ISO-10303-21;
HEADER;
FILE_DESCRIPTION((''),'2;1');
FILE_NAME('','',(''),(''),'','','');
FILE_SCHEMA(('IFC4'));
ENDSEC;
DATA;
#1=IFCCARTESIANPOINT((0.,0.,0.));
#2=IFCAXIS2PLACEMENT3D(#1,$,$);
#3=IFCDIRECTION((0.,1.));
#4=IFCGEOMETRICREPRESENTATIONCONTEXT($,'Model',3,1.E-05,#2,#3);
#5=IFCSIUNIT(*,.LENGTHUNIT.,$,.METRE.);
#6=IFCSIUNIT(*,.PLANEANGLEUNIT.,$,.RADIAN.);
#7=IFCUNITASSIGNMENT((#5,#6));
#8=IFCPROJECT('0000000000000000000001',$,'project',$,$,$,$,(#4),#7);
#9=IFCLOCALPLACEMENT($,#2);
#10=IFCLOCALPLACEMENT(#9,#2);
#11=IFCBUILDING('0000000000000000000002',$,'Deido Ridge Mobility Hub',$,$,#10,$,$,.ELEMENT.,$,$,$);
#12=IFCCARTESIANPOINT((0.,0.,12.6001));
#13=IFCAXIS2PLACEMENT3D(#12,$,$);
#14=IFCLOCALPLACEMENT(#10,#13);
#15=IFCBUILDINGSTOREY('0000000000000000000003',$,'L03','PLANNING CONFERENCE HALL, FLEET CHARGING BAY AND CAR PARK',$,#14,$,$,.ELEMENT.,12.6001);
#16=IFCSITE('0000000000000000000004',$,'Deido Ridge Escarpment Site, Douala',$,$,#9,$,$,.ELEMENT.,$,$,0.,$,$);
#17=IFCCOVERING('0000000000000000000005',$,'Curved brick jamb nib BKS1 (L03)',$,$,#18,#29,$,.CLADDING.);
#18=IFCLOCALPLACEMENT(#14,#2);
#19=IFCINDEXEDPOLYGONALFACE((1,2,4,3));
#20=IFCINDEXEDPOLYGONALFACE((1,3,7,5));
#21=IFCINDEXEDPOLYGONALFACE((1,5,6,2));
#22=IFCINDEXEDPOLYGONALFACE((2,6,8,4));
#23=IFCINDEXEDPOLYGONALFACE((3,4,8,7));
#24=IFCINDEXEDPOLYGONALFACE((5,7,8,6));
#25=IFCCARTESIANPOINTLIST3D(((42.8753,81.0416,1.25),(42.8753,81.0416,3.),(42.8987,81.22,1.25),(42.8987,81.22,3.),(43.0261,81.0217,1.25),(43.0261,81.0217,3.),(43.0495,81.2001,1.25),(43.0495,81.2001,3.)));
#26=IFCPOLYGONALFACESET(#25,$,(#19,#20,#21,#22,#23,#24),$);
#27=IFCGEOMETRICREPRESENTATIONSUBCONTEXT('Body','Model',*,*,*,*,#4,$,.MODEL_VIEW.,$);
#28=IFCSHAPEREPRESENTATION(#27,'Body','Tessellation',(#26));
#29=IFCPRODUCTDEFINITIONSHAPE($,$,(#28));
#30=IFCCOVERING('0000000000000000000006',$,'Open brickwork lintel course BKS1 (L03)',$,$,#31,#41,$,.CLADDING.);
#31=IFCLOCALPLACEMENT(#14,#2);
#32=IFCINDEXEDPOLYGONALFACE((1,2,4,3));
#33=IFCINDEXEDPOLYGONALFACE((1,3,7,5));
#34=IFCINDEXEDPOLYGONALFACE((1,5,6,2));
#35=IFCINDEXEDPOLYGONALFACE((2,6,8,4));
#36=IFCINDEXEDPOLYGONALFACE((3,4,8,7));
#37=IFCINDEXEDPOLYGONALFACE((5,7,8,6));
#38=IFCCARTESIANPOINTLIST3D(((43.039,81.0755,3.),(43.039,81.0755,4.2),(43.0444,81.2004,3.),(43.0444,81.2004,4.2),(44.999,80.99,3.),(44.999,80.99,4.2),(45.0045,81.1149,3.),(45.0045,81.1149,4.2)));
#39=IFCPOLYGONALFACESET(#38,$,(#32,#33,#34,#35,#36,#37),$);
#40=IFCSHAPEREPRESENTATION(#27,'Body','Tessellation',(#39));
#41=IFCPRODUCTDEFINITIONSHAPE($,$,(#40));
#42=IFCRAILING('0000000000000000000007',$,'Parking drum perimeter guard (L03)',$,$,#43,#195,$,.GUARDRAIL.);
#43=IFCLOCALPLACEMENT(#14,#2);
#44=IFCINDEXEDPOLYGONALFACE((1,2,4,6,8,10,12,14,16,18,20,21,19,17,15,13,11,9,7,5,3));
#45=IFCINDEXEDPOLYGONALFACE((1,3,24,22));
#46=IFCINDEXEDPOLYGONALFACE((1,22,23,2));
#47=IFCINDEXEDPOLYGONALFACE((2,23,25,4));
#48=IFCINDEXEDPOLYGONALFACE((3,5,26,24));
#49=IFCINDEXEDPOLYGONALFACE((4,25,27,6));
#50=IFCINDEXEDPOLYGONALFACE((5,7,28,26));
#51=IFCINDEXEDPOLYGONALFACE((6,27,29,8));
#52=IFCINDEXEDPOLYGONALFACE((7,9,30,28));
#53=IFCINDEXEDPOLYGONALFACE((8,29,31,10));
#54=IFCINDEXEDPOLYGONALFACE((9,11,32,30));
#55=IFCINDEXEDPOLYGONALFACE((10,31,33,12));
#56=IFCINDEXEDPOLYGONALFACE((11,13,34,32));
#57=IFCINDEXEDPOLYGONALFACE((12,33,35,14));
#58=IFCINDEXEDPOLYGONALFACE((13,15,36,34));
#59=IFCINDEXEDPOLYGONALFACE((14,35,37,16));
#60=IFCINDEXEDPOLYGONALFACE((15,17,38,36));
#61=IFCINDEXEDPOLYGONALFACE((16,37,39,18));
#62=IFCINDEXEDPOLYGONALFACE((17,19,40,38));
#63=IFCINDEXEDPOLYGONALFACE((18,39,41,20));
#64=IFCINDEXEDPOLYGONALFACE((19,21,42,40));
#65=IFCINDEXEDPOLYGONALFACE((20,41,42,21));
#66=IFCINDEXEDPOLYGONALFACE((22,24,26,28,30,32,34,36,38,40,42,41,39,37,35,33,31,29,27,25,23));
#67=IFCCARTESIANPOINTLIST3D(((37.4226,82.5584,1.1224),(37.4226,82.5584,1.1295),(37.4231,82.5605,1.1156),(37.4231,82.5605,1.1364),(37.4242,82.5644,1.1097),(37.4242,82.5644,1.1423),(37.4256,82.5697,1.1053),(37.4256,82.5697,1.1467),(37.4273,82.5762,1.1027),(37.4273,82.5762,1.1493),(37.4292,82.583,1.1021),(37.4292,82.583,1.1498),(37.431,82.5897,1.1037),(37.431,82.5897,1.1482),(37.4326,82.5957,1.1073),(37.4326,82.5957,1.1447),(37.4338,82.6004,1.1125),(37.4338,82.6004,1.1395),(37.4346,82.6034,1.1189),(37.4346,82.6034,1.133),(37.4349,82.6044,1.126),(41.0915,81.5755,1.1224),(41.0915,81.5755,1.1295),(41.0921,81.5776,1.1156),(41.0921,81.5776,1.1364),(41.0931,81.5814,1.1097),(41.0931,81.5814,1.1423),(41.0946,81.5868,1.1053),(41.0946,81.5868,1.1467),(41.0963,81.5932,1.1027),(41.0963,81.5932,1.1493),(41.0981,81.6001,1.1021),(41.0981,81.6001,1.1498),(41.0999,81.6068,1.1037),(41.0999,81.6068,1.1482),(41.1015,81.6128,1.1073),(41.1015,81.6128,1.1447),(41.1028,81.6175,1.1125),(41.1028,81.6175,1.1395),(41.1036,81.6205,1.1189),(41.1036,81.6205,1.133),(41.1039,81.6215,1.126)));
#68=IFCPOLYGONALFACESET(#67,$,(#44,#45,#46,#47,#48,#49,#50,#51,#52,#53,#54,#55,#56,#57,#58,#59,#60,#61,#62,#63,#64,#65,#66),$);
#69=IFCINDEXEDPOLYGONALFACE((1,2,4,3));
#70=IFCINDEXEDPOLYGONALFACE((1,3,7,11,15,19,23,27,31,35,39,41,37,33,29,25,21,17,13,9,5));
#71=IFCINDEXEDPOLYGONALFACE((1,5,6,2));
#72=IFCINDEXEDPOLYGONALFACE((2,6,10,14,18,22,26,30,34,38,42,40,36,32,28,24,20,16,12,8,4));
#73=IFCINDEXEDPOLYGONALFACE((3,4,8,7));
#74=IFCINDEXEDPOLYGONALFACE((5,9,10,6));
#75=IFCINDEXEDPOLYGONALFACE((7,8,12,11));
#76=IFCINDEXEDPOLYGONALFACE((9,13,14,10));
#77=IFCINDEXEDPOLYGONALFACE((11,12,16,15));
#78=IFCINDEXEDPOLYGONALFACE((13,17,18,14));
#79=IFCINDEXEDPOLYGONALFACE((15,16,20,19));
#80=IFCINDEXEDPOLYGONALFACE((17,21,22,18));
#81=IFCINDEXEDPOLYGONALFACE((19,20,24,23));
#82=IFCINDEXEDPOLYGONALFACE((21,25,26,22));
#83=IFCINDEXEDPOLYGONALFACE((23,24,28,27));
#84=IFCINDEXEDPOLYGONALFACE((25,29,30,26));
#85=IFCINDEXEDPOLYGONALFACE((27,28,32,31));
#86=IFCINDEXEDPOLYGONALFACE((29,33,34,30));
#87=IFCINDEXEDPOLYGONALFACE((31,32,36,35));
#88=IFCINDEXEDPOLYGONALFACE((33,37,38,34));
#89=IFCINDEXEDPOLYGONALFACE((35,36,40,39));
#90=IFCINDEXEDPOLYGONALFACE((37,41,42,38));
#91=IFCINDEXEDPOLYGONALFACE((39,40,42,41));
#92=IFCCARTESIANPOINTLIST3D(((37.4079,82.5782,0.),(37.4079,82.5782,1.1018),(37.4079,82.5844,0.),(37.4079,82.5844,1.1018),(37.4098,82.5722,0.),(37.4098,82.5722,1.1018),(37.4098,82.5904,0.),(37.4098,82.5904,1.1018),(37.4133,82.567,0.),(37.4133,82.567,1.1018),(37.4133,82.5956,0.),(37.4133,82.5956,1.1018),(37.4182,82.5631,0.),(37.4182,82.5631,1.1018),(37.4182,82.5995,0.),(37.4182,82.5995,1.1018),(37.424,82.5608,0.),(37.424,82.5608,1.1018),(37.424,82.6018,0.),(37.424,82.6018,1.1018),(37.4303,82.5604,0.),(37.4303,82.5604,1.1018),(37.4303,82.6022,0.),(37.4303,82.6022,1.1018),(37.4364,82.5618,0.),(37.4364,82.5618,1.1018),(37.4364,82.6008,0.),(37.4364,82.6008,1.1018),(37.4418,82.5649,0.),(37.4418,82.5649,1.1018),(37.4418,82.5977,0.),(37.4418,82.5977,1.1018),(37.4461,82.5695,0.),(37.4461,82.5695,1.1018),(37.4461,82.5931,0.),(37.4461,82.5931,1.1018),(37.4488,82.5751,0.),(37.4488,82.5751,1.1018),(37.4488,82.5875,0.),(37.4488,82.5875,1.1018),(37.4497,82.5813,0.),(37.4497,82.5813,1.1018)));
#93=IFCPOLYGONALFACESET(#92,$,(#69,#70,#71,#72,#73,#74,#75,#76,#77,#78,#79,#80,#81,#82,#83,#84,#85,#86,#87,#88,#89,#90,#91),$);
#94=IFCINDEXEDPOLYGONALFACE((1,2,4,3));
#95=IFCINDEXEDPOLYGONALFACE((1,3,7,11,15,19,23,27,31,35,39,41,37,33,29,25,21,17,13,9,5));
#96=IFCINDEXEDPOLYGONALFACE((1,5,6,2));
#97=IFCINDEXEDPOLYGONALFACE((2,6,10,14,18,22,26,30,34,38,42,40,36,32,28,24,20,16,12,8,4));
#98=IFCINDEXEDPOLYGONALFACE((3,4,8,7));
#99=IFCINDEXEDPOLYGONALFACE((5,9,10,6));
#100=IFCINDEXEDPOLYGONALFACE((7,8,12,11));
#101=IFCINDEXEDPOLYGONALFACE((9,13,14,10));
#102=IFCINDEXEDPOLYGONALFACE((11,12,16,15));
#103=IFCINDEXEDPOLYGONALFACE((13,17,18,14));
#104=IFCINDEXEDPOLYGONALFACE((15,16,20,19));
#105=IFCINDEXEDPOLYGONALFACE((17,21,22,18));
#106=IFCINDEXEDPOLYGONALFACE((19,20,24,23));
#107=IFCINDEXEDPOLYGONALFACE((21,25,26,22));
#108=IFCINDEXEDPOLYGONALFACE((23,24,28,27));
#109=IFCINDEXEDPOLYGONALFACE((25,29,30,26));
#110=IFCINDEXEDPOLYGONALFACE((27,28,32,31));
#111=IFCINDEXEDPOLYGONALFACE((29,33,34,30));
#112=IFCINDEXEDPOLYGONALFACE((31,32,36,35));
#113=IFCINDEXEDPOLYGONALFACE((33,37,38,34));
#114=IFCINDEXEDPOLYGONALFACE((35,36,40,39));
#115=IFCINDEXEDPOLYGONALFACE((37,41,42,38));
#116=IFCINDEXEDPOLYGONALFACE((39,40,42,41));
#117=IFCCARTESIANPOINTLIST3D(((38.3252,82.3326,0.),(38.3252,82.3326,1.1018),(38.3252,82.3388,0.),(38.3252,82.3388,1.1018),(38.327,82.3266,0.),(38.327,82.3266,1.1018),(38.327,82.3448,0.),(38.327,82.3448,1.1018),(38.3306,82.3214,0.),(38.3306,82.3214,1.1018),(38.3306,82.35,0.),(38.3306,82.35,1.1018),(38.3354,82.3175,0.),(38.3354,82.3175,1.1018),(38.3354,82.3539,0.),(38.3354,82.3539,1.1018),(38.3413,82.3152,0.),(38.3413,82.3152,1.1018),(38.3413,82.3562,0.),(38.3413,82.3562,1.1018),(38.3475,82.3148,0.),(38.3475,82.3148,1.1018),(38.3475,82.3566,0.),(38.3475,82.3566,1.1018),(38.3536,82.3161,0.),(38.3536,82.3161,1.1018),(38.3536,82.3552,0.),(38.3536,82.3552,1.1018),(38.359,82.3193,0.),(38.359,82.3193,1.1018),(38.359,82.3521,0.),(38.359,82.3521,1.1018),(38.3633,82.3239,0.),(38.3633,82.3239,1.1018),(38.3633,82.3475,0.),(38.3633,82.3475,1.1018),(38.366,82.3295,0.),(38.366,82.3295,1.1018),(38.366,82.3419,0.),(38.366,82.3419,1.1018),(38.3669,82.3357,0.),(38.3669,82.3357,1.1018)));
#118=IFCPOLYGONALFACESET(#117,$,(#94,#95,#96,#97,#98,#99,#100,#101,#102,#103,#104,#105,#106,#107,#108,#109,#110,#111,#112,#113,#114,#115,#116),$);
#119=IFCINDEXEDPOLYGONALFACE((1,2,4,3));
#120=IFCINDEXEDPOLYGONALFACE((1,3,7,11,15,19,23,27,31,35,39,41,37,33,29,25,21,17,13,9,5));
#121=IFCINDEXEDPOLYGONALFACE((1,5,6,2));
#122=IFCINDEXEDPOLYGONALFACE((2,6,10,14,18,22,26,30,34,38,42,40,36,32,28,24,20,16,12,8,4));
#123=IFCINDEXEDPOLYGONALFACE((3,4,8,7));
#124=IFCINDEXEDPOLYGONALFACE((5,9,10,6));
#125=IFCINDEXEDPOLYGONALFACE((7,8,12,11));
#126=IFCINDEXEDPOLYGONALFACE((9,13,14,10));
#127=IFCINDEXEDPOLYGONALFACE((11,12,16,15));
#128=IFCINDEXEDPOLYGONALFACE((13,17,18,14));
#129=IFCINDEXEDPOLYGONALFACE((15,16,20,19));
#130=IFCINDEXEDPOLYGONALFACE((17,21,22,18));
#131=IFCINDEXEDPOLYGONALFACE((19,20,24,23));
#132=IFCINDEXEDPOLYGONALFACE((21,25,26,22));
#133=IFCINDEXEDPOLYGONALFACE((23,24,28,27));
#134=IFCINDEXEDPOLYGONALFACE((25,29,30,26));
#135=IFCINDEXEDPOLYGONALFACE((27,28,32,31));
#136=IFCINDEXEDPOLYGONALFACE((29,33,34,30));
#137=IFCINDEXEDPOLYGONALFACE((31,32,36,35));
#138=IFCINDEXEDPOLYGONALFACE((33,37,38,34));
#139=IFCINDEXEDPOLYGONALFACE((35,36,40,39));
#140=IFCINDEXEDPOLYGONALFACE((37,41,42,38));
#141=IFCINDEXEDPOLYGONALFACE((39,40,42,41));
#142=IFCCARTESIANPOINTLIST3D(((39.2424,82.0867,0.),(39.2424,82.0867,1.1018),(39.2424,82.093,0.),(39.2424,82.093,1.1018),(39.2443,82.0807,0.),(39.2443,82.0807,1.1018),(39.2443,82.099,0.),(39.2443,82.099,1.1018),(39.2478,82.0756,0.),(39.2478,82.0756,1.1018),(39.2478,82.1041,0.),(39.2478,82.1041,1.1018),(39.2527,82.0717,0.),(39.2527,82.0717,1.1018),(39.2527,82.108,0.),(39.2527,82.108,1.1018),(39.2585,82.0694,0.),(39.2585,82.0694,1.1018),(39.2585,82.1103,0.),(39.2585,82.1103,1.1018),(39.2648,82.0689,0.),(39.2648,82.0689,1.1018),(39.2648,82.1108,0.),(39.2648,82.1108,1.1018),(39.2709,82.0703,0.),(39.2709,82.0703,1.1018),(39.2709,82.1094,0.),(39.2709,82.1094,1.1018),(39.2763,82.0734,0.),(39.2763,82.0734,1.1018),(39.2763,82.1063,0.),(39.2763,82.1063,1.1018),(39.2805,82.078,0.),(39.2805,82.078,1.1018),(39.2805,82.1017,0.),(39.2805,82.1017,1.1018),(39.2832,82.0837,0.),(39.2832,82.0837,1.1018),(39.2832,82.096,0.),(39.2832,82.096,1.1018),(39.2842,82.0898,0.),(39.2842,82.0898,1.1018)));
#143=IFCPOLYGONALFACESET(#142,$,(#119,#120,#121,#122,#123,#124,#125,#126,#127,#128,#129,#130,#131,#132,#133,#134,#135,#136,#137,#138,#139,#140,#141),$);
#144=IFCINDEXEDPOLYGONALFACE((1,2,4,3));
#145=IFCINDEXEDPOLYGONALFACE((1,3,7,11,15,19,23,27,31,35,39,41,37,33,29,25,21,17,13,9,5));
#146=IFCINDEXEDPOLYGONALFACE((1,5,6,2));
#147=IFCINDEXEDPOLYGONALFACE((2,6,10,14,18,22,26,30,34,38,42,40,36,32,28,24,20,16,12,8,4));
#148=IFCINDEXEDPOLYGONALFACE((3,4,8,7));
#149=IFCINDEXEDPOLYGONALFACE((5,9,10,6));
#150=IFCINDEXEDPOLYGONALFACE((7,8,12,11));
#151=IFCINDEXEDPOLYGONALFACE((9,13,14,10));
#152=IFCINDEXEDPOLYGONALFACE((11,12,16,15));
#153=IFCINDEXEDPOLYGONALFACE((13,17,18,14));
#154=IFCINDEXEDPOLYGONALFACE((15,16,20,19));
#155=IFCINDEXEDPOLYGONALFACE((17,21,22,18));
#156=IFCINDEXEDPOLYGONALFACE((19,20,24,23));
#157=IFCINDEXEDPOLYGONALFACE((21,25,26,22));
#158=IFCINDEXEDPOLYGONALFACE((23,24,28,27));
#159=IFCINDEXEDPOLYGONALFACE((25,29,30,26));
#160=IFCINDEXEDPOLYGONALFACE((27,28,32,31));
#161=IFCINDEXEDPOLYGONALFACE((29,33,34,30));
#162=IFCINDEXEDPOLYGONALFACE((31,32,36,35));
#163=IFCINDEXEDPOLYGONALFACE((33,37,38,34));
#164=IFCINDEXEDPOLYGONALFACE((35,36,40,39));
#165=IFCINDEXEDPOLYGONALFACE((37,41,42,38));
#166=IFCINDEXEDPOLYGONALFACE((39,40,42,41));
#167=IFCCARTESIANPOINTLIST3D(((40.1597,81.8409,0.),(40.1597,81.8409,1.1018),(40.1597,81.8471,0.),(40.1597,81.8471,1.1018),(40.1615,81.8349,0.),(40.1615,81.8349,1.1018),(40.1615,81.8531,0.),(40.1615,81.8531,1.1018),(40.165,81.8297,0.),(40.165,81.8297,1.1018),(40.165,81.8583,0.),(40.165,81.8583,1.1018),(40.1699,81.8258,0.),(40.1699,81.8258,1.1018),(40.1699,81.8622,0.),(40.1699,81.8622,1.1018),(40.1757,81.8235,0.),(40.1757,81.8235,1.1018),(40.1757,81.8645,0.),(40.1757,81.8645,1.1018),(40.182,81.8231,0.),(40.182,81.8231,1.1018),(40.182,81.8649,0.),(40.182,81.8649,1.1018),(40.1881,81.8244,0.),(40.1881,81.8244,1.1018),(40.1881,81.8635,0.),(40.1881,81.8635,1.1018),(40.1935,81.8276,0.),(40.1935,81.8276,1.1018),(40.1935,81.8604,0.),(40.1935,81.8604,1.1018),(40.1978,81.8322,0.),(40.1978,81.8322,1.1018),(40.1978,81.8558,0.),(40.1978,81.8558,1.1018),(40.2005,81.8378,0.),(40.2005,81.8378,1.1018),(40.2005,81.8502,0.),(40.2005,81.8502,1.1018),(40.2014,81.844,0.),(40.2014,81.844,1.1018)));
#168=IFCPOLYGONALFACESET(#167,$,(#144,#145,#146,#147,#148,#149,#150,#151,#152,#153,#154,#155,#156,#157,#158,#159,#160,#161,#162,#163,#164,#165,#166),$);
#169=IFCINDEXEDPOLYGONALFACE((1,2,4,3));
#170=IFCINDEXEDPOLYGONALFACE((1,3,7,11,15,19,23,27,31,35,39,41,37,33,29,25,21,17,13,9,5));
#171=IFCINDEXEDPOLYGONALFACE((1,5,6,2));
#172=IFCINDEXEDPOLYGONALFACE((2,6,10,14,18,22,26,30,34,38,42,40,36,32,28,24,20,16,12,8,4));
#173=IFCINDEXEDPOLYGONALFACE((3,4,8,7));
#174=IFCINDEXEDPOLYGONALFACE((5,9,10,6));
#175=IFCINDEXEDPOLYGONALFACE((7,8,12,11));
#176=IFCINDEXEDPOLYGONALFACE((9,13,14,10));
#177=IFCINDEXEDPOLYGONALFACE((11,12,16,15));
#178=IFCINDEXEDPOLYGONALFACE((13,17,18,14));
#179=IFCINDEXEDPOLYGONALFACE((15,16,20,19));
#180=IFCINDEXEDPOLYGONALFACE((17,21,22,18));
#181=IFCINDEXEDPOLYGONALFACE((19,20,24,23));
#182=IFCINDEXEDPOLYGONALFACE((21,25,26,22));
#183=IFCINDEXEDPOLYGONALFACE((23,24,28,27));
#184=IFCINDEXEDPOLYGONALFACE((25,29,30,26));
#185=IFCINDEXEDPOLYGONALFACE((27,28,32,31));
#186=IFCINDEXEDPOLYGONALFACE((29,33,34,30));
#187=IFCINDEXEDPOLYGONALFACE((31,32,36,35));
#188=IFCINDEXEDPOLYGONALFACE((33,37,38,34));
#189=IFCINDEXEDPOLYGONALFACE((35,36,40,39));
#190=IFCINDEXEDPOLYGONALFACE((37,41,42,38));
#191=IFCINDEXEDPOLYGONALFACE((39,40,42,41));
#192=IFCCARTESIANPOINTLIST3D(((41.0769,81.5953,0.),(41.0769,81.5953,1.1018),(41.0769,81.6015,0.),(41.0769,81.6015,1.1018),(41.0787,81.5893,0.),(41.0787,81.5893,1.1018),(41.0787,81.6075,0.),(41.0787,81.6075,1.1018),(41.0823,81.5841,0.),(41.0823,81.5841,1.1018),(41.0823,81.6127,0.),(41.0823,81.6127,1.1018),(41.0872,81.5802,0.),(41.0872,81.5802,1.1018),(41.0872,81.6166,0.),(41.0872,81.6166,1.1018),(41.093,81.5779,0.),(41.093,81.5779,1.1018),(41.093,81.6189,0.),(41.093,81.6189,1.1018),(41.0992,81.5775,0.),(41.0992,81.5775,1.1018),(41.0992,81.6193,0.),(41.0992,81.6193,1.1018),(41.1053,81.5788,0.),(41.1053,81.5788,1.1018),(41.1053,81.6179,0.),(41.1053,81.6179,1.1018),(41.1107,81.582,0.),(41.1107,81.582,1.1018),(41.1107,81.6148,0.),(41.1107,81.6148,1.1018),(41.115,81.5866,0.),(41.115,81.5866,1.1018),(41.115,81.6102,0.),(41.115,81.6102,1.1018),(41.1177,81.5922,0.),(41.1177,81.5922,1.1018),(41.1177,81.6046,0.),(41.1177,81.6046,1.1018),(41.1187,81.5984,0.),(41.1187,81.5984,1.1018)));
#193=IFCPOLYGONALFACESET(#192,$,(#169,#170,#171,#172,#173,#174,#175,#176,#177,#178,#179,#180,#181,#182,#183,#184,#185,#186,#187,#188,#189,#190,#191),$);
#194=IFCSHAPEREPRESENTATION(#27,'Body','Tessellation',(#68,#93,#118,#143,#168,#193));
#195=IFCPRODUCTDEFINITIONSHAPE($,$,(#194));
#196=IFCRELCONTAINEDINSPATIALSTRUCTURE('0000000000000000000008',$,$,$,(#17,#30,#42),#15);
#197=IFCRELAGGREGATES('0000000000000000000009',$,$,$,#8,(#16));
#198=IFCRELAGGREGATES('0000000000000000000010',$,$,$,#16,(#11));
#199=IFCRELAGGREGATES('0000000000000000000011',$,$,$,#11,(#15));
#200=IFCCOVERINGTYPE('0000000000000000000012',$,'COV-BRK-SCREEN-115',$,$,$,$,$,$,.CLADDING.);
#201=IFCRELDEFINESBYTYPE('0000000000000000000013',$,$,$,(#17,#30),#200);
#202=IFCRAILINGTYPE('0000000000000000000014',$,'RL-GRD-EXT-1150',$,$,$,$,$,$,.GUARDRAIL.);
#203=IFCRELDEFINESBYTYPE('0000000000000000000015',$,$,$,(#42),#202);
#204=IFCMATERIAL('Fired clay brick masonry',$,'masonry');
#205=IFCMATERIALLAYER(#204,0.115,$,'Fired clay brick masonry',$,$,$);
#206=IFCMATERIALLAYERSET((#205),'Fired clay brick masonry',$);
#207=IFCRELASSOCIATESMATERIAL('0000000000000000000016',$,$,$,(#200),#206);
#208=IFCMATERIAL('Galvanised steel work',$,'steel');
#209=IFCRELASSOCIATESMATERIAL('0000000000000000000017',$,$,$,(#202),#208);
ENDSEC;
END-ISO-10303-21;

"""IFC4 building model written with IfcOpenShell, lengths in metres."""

from ifc_helpers import new_model, si_unit, direction, frame, origin, origin_2d, place, context, subcontext, project, spatial, rectangle, circle, extrude, material, layer, layer_set, type_object, element, save


model = new_model("IFC4")

# Units and contexts
model_context = context("Model", 3, precision=1e-05, world=origin(), true_north=direction((0.0, 1.0)))
body_context = subcontext(model_context, "Body", "Model", "MODEL_VIEW")
ifc_project = project(units=[si_unit("LENGTHUNIT", "METRE"), si_unit("PLANEANGLEUNIT", "RADIAN")], contexts=[model_context])

# Site, building, storey
site_placement = place(None, origin())
site = spatial("IfcSite", under=ifc_project, at=site_placement, Name="Deido Ridge Escarpment Site, Douala", CompositionType="ELEMENT", RefElevation=0.0)
building_placement = place(site_placement, origin())
building = spatial("IfcBuilding", under=site, at=building_placement, Name="Deido Ridge Mobility Hub", CompositionType="ELEMENT")
storey_placement = place(building_placement, frame((0.0, 0.0, 12.6001)))
storey = spatial("IfcBuildingStorey", under=building, at=storey_placement, Name="L03", Description="PLANNING CONFERENCE HALL, FLEET CHARGING BAY AND CAR PARK", CompositionType="ELEMENT", Elevation=12.6001)

# Coverings
ifc_material_1 = material(Name="Fired clay brick masonry", Category="masonry")
ifc_layer = layer(ifc_material_1, 0.115, Name="Fired clay brick masonry")
ifc_layer_set = layer_set([ifc_layer], Name="Fired clay brick masonry")
covering_type = type_object("IfcCoveringType", Name="COV-BRK-SCREEN-115", PredefinedType="CLADDING", material=ifc_layer_set)
for number, where, z_axis, x_axis, name in (
    (1, (42.9624, 81.1208, 1.25), (0.0, 0.0, 1.0), (0.991443, -0.130543, 0.0), "Curved brick jamb nib BKS1 (L03)"),
):
    element("IfcCovering", number, at=place(storey_placement, frame(where, z_axis=z_axis, x_axis=x_axis)), inside=storey, type_object=covering_type, Name=name, PredefinedType="CLADDING", context=body_context, shape_type="SweptSolid", body=[
        extrude(rectangle(XDim=0.1521, YDim=0.1799, at=origin_2d()), origin(), (0.0, 0.0, 1.0), 1.75),
    ])
covering_1_placement = place(storey_placement, frame((44.0217, 81.0952, 3.0), z_axis=(0.0, 0.0, 1.0), x_axis=(0.999049, -0.043602, 0.0)))
element("IfcCovering", 2, at=covering_1_placement, inside=storey, type_object=covering_type, Name="Open brickwork lintel course BKS1 (L03)", PredefinedType="CLADDING", context=body_context, shape_type="SweptSolid", body=[
    extrude(rectangle(XDim=1.9619, YDim=0.125, at=origin_2d()), origin(), (0.0, 0.0, 1.0), 1.2),
])

# Railing
ifc_material_2 = material(Name="Galvanised steel work", Category="steel")
railing_type = type_object("IfcRailingType", Name="RL-GRD-EXT-1150", PredefinedType="GUARDRAIL", material=ifc_material_2)
railing_1_placement = place(storey_placement, frame((37.4287, 82.5813, 0.0)))
element("IfcRailing", 3, at=railing_1_placement, inside=storey, type_object=railing_type, Name="Parking drum perimeter guard (L03)", PredefinedType="GUARDRAIL", context=body_context, shape_type="SweptSolid", body=[
    extrude(circle(Radius=0.0239, at=origin_2d()), frame((0.0, 0.0, 1.126), z_axis=(0.965938, -0.258775, 0.0), x_axis=(0.258775, 0.965938, 0.0)), (0.0, 0.0, 1.0), 3.7983),
    extrude(circle(Radius=0.021, at=origin_2d()), origin(), (0.0, 0.0, 1.0), 1.1018),
    extrude(circle(Radius=0.021, at=origin_2d()), frame((0.9172, -0.2456, 0.0)), (0.0, 0.0, 1.0), 1.1018),
    extrude(circle(Radius=0.021, at=origin_2d()), frame((1.8345, -0.4915, 0.0)), (0.0, 0.0, 1.0), 1.1018),
    extrude(circle(Radius=0.021, at=origin_2d()), frame((2.7517, -0.7373, 0.0)), (0.0, 0.0, 1.0), 1.1018),
    extrude(circle(Radius=0.021, at=origin_2d()), frame((3.6689, -0.9829, 0.0)), (0.0, 0.0, 1.0), 1.1018),
])

save(model, "model.ifc")
